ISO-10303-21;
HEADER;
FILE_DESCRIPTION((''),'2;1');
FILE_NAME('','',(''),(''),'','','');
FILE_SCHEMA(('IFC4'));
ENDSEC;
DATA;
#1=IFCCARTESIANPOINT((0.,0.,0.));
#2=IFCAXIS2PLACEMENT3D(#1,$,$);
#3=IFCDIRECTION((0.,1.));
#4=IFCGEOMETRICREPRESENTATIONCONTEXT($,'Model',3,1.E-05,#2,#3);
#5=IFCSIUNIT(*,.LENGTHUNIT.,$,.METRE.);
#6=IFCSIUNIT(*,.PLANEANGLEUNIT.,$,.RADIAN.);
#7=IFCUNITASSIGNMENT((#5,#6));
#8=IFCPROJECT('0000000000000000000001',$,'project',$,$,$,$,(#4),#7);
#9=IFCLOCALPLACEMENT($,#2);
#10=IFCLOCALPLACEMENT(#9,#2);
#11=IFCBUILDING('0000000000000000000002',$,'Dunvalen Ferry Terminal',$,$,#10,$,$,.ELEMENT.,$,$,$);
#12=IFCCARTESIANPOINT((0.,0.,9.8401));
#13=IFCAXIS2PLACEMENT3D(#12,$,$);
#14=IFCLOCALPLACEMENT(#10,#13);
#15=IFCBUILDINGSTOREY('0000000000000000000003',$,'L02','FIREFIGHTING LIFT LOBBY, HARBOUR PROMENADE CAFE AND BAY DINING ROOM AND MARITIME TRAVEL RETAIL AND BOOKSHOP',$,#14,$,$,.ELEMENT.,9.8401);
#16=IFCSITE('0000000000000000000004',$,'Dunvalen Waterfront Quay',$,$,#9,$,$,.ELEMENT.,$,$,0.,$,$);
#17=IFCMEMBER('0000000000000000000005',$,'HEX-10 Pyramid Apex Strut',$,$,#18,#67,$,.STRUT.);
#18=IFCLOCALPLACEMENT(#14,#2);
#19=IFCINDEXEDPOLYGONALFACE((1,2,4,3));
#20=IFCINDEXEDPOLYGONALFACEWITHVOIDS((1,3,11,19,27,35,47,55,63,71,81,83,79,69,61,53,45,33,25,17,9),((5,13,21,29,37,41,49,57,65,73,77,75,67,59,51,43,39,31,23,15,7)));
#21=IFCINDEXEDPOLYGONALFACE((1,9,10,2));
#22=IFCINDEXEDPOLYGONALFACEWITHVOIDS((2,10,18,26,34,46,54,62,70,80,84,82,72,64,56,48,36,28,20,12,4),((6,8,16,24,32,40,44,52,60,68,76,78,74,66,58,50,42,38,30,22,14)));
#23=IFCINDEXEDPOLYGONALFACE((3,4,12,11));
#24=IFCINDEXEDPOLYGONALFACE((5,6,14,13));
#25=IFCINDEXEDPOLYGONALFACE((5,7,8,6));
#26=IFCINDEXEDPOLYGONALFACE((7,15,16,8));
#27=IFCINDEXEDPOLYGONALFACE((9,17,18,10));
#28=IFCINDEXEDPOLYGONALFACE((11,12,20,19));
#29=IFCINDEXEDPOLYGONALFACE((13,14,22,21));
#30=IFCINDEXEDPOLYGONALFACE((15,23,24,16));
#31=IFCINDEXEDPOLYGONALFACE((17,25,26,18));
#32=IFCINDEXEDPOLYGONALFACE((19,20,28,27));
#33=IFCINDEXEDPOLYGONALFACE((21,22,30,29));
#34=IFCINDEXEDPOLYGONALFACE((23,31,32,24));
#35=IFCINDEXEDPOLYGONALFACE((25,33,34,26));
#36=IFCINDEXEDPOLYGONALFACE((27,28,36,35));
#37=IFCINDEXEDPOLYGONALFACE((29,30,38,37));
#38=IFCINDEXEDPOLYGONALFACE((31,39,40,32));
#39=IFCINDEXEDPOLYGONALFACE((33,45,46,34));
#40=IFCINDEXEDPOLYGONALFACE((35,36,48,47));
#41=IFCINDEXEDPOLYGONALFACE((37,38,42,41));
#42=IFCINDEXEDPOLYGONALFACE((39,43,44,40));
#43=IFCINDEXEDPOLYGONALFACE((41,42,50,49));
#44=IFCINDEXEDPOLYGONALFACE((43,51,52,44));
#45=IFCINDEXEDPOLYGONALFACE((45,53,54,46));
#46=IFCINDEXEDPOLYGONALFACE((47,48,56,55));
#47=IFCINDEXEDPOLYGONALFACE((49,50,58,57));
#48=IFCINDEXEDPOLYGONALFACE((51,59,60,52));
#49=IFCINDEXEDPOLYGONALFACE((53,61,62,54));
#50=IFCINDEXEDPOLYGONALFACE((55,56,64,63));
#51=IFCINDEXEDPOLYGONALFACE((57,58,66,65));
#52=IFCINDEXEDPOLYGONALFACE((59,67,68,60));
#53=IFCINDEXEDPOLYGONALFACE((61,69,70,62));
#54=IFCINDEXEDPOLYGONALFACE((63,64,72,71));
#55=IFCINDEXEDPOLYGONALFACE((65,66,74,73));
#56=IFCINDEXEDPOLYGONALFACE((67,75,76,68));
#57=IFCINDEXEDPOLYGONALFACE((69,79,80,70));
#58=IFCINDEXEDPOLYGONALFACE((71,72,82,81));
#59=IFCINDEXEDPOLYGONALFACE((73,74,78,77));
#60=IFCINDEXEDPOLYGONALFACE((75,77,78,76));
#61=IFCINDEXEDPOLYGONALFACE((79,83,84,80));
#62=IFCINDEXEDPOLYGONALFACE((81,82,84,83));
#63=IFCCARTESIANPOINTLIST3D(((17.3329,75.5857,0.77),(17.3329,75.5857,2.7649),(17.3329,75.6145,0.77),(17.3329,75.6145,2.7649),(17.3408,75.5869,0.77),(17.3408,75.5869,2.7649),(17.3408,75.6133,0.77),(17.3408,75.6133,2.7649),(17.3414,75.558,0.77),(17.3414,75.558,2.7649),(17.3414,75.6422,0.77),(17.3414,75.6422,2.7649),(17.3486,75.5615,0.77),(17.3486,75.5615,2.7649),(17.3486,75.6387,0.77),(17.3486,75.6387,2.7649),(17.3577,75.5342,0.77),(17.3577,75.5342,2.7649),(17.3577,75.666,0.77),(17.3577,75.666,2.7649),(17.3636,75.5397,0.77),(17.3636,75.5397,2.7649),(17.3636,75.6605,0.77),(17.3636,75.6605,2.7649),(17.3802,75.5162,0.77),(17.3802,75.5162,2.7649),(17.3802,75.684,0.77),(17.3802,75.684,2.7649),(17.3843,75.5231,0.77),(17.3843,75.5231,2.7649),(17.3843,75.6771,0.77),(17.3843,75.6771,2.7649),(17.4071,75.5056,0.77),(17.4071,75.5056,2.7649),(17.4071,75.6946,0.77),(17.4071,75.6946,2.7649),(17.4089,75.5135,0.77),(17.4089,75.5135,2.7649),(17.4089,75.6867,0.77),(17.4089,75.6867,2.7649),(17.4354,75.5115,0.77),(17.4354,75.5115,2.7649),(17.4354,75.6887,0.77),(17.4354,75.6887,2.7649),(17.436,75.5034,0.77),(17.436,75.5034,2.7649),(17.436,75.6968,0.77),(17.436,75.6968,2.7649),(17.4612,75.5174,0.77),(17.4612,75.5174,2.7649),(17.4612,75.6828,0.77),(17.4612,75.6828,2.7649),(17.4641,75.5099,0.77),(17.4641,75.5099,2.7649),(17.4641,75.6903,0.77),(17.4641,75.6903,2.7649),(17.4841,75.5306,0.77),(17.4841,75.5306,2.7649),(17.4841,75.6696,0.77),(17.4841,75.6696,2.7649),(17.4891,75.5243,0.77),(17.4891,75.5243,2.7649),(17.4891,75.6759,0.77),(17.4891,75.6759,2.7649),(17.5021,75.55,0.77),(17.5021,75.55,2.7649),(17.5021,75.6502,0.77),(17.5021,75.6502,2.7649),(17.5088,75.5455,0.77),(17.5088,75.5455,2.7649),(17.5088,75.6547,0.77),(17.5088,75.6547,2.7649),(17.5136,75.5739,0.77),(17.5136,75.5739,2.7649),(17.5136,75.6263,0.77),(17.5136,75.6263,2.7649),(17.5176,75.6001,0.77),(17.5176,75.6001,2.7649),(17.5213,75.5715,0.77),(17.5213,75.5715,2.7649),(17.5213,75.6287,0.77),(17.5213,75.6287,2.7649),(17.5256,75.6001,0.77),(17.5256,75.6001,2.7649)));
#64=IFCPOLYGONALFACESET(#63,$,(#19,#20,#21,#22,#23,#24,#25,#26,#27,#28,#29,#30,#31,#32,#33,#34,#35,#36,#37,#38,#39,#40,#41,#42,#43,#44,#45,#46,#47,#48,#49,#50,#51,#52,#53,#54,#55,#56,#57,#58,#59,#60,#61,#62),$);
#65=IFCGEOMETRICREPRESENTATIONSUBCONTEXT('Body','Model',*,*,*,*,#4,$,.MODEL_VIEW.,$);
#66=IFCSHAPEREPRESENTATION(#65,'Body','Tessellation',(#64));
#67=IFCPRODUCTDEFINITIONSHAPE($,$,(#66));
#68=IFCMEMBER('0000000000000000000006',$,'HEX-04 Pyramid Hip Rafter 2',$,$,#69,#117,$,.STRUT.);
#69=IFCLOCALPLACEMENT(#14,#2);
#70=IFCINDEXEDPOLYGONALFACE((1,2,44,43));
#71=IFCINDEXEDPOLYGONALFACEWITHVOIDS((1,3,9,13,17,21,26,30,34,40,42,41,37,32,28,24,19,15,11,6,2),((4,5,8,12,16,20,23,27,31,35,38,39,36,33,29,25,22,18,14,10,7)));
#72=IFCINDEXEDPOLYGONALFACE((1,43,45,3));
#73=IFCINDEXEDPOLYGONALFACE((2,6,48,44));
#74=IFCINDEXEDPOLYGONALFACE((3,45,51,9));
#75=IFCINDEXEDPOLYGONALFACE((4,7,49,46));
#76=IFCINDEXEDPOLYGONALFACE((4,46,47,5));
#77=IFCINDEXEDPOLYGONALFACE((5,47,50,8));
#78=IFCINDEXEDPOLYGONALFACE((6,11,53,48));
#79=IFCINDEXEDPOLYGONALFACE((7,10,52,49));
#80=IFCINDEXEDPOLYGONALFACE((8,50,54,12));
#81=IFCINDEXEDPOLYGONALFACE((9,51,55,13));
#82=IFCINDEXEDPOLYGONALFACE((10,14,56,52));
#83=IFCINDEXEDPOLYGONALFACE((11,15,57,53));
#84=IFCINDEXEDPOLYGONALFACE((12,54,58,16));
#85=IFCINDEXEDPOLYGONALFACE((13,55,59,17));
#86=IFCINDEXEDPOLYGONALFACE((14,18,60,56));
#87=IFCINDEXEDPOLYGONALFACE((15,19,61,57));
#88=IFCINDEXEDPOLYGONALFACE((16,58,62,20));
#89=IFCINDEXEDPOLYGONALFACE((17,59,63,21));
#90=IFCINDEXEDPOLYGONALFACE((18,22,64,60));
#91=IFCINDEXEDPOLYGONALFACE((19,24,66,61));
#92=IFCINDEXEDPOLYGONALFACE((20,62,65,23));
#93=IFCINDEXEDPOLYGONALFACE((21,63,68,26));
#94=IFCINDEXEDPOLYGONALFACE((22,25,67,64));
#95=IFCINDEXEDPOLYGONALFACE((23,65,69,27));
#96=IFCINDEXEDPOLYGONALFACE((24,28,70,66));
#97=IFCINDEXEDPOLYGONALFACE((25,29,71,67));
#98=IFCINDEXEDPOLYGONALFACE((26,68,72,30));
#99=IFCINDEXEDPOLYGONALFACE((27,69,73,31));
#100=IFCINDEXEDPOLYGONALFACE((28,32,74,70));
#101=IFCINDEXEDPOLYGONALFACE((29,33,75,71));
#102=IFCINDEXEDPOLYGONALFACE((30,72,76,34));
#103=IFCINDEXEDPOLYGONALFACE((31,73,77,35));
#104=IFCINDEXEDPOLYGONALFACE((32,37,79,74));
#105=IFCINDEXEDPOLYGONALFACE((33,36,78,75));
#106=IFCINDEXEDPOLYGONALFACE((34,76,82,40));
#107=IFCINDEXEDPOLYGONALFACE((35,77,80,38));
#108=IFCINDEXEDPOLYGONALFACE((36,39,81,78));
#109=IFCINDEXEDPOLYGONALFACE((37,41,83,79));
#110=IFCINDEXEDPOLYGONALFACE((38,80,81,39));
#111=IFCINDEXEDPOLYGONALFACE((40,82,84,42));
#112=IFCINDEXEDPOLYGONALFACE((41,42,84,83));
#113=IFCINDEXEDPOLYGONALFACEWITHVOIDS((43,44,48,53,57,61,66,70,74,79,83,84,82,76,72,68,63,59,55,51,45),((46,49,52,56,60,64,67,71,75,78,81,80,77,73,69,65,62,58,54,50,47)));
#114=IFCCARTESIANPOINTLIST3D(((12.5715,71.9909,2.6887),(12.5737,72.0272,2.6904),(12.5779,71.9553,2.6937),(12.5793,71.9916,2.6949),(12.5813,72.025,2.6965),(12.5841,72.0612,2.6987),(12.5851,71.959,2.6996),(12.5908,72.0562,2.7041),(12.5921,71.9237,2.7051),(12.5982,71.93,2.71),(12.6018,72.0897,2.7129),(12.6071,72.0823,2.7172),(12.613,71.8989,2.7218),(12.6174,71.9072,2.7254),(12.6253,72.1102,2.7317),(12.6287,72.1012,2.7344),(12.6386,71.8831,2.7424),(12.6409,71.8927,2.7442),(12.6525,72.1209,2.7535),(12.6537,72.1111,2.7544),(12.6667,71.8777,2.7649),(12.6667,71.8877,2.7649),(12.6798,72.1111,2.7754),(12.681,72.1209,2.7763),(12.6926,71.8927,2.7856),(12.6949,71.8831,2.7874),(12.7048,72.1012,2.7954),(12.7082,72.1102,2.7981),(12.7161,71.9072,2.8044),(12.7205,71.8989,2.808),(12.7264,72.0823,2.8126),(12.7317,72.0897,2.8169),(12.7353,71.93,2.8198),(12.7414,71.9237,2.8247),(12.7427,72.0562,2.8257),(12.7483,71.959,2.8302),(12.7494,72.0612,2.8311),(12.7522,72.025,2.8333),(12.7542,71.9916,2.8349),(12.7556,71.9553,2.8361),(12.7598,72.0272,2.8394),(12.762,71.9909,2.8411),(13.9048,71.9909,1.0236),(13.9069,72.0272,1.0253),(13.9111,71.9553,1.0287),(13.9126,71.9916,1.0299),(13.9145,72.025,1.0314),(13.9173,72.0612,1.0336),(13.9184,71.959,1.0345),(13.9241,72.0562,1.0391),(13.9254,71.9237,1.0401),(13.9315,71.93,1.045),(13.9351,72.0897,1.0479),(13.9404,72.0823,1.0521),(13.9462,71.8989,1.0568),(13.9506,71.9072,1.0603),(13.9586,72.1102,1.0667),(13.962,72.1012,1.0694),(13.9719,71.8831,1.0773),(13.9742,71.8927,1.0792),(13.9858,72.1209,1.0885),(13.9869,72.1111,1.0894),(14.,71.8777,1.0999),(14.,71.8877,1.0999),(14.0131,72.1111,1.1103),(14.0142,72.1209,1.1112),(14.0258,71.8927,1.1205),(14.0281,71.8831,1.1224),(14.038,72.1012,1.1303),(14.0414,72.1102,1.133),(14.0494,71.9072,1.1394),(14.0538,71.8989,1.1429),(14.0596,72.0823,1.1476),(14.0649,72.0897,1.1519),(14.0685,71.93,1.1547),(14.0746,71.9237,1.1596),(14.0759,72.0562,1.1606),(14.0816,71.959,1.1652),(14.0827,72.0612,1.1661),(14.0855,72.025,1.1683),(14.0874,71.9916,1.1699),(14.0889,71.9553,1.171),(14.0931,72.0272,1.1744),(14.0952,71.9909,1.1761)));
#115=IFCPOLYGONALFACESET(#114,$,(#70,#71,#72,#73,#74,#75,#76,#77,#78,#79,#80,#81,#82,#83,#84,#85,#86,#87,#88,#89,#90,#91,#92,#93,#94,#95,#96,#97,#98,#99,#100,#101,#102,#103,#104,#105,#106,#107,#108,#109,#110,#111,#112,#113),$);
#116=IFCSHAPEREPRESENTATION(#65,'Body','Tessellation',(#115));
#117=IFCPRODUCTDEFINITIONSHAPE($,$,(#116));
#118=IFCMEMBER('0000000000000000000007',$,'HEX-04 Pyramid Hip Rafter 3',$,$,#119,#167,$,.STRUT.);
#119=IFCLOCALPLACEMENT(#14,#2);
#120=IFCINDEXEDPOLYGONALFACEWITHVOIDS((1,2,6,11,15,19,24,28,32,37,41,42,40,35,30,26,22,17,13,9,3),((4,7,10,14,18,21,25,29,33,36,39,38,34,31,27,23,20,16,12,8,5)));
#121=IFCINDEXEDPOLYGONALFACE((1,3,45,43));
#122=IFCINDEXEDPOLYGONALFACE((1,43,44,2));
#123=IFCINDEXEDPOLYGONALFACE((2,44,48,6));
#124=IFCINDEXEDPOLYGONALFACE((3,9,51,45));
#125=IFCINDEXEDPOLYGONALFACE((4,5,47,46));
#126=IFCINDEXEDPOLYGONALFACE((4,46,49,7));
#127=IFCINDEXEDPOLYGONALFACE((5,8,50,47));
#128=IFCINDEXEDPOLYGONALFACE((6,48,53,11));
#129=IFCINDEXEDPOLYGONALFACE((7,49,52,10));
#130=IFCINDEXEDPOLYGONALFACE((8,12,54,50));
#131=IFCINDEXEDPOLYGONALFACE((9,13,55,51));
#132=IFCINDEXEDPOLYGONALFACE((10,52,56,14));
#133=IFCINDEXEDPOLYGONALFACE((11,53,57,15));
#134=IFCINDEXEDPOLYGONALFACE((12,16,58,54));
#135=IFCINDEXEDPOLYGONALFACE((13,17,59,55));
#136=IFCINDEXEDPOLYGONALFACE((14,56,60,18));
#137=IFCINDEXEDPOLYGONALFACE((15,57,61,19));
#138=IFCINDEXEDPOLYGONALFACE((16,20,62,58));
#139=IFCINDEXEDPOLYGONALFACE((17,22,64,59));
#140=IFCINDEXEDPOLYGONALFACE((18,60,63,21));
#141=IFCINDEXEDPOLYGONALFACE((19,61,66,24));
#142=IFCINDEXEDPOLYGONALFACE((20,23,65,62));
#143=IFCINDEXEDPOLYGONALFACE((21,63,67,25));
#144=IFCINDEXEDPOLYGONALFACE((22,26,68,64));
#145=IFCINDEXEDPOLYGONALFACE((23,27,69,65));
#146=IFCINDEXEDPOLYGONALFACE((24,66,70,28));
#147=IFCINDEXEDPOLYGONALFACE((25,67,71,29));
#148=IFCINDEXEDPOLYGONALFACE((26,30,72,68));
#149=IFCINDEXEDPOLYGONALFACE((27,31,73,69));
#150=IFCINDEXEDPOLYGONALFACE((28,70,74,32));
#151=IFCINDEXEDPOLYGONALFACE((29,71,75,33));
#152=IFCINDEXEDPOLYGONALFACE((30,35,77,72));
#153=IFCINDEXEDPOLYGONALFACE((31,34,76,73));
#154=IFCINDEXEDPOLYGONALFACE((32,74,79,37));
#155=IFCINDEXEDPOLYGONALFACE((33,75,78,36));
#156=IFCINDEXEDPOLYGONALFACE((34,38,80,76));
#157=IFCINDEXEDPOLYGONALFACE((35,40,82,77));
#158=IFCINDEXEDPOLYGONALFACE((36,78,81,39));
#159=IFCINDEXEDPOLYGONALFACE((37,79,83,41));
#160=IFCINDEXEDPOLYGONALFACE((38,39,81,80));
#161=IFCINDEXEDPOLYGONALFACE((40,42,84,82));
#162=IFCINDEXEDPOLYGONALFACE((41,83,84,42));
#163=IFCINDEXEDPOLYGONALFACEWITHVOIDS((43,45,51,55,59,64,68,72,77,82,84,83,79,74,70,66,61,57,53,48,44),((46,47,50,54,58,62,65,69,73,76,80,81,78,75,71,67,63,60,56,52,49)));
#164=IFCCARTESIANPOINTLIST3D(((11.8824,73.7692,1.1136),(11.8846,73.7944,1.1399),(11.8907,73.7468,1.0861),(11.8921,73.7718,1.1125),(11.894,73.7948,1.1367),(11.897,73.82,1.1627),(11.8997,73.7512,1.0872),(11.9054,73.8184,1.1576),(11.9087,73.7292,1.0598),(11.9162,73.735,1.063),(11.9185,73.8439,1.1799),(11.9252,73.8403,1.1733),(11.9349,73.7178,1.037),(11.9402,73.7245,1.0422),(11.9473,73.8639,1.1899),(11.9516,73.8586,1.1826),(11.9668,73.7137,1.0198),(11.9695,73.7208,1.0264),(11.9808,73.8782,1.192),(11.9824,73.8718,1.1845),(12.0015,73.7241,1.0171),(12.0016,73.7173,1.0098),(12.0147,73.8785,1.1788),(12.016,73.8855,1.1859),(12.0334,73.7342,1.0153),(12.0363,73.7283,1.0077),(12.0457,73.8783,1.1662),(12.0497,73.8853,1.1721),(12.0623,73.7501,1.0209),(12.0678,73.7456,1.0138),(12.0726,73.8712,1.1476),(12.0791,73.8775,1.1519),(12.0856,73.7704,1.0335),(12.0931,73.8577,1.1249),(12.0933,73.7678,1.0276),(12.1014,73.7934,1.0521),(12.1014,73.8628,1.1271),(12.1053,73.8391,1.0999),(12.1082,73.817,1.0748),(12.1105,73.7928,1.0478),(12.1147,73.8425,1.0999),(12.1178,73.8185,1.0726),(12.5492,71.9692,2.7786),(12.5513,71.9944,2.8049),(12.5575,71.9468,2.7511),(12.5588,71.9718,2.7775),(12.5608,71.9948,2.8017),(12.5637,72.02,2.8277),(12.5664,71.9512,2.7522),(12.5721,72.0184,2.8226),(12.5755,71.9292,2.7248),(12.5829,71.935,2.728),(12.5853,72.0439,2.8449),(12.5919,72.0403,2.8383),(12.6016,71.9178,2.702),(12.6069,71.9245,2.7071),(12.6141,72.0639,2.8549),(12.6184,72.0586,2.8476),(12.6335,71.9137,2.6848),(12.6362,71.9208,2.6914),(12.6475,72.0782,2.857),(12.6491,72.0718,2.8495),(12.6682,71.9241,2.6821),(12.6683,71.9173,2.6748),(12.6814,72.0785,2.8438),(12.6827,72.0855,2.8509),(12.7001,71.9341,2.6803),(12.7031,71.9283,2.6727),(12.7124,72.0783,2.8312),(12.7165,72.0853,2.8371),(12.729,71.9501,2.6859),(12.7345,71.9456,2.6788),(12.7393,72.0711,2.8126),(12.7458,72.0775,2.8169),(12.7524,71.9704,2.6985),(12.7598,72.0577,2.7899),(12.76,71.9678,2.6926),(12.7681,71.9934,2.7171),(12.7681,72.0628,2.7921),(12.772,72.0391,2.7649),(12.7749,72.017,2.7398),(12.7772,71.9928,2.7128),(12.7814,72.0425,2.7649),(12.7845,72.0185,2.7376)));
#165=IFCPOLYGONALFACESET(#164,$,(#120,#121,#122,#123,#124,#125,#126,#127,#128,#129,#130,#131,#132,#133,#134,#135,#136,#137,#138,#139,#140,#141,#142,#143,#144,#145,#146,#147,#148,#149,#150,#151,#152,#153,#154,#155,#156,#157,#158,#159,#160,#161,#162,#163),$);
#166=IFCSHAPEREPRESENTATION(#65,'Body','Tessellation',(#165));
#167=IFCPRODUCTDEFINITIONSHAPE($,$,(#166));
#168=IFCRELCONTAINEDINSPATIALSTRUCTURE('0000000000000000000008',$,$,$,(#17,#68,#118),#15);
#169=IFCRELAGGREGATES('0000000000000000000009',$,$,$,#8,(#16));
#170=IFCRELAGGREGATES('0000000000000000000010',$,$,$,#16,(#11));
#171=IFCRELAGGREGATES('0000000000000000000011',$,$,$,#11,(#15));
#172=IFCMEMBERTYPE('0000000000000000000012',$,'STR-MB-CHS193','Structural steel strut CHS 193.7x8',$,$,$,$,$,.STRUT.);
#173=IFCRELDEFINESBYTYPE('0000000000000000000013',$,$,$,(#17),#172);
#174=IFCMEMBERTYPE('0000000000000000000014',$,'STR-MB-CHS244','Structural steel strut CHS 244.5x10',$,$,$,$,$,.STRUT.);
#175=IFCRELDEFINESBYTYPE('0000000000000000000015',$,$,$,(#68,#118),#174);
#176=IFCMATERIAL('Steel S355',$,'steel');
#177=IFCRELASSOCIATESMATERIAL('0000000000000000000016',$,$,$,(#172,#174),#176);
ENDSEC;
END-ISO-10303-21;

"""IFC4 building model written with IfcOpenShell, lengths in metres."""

from ifc_helpers import new_model, si_unit, direction, frame, origin, origin_2d, place, context, subcontext, project, spatial, hollow_circle, extrude, material, material_profile, profile_set, type_object, element, save


model = new_model("IFC4")

# Units and contexts
model_context = context("Model", 3, precision=1e-05, world=origin(), true_north=direction((0.0, 1.0)))
body_context = subcontext(model_context, "Body", "Model", "MODEL_VIEW")
ifc_project = project(units=[si_unit("LENGTHUNIT", "METRE"), si_unit("PLANEANGLEUNIT", "RADIAN")], contexts=[model_context])

# Site, building, storey
site_placement = place(None, origin())
site = spatial("IfcSite", under=ifc_project, at=site_placement, Name="Dunvalen Waterfront Quay", CompositionType="ELEMENT", RefElevation=0.0)
building_placement = place(site_placement, origin())
building = spatial("IfcBuilding", under=site, at=building_placement, Name="Dunvalen Ferry Terminal", CompositionType="ELEMENT")
storey_placement = place(building_placement, frame((0.0, 0.0, 9.8401)))
storey = spatial("IfcBuildingStorey", under=building, at=storey_placement, Name="L02", Description="FIREFIGHTING LIFT LOBBY, HARBOUR PROMENADE CAFE AND BAY DINING ROOM AND MARITIME TRAVEL RETAIL AND BOOKSHOP", CompositionType="ELEMENT", Elevation=9.8401)

# Shared definitions
ifc_material_1 = material(Name="Steel S355", Category="steel")

# Members
ifc_material_profile_1 = material_profile(ifc_material_1, hollow_circle(Radius=0.0969, WallThickness=0.0081, at=origin_2d()), Name="Steel S355")
ifc_profile_set_1 = profile_set([ifc_material_profile_1], Name="Steel S355")
member_type_1 = type_object("IfcMemberType", Name="STR-MB-CHS193", Description="Structural steel strut CHS 193.7x8", PredefinedType="STRUT", material=ifc_profile_set_1)
member_1_placement = place(storey_placement, frame((17.4287, 75.6001, 0.77), z_axis=(0.0, 0.0, 1.0), x_axis=(1.0, 0.0, 0.0)))
element("IfcMember", 1, at=member_1_placement, inside=storey, type_object=member_type_1, Name="HEX-10 Pyramid Apex Strut", PredefinedType="STRUT", context=body_context, shape_type="SweptSolid", body=[
    extrude(hollow_circle(Radius=0.0969, WallThickness=0.0081, at=origin_2d()), origin(), (0.0, 0.0, 1.0), 1.9949),
])
ifc_material_profile_2 = material_profile(ifc_material_1, hollow_circle(Radius=0.1223, WallThickness=0.01, at=origin_2d()), Name="Steel S355")
ifc_profile_set_2 = profile_set([ifc_material_profile_2], Name="Steel S355")
member_type_2 = type_object("IfcMemberType", Name="STR-MB-CHS244", Description="Structural steel strut CHS 244.5x10", PredefinedType="STRUT", material=ifc_profile_set_2)
member_2_placement = place(storey_placement, frame((14.0, 72.0, 1.0999), z_axis=(-0.625044, 0.0, 0.78059), x_axis=(0.0, -1.0, 0.0)))
element("IfcMember", 2, at=member_2_placement, inside=storey, type_object=member_type_2, Name="HEX-04 Pyramid Hip Rafter 2", PredefinedType="STRUT", context=body_context, shape_type="SweptSolid", body=[
    extrude(hollow_circle(Radius=0.1223, WallThickness=0.01, at=origin_2d()), origin(), (0.0, 0.0, 1.0), 2.1331),
])
member_3_placement = place(storey_placement, frame((12.0, 73.8, 1.0999), z_axis=(0.262388, -0.70838, 0.655249), x_axis=(0.937738, 0.347343, 0.0)))
element("IfcMember", 3, at=member_3_placement, inside=storey, type_object=member_type_2, Name="HEX-04 Pyramid Hip Rafter 3", PredefinedType="STRUT", context=body_context, shape_type="SweptSolid", body=[
    extrude(hollow_circle(Radius=0.1223, WallThickness=0.01, at=origin_2d()), origin(), (0.0, 0.0, 1.0), 2.541),
])

save(model, "model.ifc")
